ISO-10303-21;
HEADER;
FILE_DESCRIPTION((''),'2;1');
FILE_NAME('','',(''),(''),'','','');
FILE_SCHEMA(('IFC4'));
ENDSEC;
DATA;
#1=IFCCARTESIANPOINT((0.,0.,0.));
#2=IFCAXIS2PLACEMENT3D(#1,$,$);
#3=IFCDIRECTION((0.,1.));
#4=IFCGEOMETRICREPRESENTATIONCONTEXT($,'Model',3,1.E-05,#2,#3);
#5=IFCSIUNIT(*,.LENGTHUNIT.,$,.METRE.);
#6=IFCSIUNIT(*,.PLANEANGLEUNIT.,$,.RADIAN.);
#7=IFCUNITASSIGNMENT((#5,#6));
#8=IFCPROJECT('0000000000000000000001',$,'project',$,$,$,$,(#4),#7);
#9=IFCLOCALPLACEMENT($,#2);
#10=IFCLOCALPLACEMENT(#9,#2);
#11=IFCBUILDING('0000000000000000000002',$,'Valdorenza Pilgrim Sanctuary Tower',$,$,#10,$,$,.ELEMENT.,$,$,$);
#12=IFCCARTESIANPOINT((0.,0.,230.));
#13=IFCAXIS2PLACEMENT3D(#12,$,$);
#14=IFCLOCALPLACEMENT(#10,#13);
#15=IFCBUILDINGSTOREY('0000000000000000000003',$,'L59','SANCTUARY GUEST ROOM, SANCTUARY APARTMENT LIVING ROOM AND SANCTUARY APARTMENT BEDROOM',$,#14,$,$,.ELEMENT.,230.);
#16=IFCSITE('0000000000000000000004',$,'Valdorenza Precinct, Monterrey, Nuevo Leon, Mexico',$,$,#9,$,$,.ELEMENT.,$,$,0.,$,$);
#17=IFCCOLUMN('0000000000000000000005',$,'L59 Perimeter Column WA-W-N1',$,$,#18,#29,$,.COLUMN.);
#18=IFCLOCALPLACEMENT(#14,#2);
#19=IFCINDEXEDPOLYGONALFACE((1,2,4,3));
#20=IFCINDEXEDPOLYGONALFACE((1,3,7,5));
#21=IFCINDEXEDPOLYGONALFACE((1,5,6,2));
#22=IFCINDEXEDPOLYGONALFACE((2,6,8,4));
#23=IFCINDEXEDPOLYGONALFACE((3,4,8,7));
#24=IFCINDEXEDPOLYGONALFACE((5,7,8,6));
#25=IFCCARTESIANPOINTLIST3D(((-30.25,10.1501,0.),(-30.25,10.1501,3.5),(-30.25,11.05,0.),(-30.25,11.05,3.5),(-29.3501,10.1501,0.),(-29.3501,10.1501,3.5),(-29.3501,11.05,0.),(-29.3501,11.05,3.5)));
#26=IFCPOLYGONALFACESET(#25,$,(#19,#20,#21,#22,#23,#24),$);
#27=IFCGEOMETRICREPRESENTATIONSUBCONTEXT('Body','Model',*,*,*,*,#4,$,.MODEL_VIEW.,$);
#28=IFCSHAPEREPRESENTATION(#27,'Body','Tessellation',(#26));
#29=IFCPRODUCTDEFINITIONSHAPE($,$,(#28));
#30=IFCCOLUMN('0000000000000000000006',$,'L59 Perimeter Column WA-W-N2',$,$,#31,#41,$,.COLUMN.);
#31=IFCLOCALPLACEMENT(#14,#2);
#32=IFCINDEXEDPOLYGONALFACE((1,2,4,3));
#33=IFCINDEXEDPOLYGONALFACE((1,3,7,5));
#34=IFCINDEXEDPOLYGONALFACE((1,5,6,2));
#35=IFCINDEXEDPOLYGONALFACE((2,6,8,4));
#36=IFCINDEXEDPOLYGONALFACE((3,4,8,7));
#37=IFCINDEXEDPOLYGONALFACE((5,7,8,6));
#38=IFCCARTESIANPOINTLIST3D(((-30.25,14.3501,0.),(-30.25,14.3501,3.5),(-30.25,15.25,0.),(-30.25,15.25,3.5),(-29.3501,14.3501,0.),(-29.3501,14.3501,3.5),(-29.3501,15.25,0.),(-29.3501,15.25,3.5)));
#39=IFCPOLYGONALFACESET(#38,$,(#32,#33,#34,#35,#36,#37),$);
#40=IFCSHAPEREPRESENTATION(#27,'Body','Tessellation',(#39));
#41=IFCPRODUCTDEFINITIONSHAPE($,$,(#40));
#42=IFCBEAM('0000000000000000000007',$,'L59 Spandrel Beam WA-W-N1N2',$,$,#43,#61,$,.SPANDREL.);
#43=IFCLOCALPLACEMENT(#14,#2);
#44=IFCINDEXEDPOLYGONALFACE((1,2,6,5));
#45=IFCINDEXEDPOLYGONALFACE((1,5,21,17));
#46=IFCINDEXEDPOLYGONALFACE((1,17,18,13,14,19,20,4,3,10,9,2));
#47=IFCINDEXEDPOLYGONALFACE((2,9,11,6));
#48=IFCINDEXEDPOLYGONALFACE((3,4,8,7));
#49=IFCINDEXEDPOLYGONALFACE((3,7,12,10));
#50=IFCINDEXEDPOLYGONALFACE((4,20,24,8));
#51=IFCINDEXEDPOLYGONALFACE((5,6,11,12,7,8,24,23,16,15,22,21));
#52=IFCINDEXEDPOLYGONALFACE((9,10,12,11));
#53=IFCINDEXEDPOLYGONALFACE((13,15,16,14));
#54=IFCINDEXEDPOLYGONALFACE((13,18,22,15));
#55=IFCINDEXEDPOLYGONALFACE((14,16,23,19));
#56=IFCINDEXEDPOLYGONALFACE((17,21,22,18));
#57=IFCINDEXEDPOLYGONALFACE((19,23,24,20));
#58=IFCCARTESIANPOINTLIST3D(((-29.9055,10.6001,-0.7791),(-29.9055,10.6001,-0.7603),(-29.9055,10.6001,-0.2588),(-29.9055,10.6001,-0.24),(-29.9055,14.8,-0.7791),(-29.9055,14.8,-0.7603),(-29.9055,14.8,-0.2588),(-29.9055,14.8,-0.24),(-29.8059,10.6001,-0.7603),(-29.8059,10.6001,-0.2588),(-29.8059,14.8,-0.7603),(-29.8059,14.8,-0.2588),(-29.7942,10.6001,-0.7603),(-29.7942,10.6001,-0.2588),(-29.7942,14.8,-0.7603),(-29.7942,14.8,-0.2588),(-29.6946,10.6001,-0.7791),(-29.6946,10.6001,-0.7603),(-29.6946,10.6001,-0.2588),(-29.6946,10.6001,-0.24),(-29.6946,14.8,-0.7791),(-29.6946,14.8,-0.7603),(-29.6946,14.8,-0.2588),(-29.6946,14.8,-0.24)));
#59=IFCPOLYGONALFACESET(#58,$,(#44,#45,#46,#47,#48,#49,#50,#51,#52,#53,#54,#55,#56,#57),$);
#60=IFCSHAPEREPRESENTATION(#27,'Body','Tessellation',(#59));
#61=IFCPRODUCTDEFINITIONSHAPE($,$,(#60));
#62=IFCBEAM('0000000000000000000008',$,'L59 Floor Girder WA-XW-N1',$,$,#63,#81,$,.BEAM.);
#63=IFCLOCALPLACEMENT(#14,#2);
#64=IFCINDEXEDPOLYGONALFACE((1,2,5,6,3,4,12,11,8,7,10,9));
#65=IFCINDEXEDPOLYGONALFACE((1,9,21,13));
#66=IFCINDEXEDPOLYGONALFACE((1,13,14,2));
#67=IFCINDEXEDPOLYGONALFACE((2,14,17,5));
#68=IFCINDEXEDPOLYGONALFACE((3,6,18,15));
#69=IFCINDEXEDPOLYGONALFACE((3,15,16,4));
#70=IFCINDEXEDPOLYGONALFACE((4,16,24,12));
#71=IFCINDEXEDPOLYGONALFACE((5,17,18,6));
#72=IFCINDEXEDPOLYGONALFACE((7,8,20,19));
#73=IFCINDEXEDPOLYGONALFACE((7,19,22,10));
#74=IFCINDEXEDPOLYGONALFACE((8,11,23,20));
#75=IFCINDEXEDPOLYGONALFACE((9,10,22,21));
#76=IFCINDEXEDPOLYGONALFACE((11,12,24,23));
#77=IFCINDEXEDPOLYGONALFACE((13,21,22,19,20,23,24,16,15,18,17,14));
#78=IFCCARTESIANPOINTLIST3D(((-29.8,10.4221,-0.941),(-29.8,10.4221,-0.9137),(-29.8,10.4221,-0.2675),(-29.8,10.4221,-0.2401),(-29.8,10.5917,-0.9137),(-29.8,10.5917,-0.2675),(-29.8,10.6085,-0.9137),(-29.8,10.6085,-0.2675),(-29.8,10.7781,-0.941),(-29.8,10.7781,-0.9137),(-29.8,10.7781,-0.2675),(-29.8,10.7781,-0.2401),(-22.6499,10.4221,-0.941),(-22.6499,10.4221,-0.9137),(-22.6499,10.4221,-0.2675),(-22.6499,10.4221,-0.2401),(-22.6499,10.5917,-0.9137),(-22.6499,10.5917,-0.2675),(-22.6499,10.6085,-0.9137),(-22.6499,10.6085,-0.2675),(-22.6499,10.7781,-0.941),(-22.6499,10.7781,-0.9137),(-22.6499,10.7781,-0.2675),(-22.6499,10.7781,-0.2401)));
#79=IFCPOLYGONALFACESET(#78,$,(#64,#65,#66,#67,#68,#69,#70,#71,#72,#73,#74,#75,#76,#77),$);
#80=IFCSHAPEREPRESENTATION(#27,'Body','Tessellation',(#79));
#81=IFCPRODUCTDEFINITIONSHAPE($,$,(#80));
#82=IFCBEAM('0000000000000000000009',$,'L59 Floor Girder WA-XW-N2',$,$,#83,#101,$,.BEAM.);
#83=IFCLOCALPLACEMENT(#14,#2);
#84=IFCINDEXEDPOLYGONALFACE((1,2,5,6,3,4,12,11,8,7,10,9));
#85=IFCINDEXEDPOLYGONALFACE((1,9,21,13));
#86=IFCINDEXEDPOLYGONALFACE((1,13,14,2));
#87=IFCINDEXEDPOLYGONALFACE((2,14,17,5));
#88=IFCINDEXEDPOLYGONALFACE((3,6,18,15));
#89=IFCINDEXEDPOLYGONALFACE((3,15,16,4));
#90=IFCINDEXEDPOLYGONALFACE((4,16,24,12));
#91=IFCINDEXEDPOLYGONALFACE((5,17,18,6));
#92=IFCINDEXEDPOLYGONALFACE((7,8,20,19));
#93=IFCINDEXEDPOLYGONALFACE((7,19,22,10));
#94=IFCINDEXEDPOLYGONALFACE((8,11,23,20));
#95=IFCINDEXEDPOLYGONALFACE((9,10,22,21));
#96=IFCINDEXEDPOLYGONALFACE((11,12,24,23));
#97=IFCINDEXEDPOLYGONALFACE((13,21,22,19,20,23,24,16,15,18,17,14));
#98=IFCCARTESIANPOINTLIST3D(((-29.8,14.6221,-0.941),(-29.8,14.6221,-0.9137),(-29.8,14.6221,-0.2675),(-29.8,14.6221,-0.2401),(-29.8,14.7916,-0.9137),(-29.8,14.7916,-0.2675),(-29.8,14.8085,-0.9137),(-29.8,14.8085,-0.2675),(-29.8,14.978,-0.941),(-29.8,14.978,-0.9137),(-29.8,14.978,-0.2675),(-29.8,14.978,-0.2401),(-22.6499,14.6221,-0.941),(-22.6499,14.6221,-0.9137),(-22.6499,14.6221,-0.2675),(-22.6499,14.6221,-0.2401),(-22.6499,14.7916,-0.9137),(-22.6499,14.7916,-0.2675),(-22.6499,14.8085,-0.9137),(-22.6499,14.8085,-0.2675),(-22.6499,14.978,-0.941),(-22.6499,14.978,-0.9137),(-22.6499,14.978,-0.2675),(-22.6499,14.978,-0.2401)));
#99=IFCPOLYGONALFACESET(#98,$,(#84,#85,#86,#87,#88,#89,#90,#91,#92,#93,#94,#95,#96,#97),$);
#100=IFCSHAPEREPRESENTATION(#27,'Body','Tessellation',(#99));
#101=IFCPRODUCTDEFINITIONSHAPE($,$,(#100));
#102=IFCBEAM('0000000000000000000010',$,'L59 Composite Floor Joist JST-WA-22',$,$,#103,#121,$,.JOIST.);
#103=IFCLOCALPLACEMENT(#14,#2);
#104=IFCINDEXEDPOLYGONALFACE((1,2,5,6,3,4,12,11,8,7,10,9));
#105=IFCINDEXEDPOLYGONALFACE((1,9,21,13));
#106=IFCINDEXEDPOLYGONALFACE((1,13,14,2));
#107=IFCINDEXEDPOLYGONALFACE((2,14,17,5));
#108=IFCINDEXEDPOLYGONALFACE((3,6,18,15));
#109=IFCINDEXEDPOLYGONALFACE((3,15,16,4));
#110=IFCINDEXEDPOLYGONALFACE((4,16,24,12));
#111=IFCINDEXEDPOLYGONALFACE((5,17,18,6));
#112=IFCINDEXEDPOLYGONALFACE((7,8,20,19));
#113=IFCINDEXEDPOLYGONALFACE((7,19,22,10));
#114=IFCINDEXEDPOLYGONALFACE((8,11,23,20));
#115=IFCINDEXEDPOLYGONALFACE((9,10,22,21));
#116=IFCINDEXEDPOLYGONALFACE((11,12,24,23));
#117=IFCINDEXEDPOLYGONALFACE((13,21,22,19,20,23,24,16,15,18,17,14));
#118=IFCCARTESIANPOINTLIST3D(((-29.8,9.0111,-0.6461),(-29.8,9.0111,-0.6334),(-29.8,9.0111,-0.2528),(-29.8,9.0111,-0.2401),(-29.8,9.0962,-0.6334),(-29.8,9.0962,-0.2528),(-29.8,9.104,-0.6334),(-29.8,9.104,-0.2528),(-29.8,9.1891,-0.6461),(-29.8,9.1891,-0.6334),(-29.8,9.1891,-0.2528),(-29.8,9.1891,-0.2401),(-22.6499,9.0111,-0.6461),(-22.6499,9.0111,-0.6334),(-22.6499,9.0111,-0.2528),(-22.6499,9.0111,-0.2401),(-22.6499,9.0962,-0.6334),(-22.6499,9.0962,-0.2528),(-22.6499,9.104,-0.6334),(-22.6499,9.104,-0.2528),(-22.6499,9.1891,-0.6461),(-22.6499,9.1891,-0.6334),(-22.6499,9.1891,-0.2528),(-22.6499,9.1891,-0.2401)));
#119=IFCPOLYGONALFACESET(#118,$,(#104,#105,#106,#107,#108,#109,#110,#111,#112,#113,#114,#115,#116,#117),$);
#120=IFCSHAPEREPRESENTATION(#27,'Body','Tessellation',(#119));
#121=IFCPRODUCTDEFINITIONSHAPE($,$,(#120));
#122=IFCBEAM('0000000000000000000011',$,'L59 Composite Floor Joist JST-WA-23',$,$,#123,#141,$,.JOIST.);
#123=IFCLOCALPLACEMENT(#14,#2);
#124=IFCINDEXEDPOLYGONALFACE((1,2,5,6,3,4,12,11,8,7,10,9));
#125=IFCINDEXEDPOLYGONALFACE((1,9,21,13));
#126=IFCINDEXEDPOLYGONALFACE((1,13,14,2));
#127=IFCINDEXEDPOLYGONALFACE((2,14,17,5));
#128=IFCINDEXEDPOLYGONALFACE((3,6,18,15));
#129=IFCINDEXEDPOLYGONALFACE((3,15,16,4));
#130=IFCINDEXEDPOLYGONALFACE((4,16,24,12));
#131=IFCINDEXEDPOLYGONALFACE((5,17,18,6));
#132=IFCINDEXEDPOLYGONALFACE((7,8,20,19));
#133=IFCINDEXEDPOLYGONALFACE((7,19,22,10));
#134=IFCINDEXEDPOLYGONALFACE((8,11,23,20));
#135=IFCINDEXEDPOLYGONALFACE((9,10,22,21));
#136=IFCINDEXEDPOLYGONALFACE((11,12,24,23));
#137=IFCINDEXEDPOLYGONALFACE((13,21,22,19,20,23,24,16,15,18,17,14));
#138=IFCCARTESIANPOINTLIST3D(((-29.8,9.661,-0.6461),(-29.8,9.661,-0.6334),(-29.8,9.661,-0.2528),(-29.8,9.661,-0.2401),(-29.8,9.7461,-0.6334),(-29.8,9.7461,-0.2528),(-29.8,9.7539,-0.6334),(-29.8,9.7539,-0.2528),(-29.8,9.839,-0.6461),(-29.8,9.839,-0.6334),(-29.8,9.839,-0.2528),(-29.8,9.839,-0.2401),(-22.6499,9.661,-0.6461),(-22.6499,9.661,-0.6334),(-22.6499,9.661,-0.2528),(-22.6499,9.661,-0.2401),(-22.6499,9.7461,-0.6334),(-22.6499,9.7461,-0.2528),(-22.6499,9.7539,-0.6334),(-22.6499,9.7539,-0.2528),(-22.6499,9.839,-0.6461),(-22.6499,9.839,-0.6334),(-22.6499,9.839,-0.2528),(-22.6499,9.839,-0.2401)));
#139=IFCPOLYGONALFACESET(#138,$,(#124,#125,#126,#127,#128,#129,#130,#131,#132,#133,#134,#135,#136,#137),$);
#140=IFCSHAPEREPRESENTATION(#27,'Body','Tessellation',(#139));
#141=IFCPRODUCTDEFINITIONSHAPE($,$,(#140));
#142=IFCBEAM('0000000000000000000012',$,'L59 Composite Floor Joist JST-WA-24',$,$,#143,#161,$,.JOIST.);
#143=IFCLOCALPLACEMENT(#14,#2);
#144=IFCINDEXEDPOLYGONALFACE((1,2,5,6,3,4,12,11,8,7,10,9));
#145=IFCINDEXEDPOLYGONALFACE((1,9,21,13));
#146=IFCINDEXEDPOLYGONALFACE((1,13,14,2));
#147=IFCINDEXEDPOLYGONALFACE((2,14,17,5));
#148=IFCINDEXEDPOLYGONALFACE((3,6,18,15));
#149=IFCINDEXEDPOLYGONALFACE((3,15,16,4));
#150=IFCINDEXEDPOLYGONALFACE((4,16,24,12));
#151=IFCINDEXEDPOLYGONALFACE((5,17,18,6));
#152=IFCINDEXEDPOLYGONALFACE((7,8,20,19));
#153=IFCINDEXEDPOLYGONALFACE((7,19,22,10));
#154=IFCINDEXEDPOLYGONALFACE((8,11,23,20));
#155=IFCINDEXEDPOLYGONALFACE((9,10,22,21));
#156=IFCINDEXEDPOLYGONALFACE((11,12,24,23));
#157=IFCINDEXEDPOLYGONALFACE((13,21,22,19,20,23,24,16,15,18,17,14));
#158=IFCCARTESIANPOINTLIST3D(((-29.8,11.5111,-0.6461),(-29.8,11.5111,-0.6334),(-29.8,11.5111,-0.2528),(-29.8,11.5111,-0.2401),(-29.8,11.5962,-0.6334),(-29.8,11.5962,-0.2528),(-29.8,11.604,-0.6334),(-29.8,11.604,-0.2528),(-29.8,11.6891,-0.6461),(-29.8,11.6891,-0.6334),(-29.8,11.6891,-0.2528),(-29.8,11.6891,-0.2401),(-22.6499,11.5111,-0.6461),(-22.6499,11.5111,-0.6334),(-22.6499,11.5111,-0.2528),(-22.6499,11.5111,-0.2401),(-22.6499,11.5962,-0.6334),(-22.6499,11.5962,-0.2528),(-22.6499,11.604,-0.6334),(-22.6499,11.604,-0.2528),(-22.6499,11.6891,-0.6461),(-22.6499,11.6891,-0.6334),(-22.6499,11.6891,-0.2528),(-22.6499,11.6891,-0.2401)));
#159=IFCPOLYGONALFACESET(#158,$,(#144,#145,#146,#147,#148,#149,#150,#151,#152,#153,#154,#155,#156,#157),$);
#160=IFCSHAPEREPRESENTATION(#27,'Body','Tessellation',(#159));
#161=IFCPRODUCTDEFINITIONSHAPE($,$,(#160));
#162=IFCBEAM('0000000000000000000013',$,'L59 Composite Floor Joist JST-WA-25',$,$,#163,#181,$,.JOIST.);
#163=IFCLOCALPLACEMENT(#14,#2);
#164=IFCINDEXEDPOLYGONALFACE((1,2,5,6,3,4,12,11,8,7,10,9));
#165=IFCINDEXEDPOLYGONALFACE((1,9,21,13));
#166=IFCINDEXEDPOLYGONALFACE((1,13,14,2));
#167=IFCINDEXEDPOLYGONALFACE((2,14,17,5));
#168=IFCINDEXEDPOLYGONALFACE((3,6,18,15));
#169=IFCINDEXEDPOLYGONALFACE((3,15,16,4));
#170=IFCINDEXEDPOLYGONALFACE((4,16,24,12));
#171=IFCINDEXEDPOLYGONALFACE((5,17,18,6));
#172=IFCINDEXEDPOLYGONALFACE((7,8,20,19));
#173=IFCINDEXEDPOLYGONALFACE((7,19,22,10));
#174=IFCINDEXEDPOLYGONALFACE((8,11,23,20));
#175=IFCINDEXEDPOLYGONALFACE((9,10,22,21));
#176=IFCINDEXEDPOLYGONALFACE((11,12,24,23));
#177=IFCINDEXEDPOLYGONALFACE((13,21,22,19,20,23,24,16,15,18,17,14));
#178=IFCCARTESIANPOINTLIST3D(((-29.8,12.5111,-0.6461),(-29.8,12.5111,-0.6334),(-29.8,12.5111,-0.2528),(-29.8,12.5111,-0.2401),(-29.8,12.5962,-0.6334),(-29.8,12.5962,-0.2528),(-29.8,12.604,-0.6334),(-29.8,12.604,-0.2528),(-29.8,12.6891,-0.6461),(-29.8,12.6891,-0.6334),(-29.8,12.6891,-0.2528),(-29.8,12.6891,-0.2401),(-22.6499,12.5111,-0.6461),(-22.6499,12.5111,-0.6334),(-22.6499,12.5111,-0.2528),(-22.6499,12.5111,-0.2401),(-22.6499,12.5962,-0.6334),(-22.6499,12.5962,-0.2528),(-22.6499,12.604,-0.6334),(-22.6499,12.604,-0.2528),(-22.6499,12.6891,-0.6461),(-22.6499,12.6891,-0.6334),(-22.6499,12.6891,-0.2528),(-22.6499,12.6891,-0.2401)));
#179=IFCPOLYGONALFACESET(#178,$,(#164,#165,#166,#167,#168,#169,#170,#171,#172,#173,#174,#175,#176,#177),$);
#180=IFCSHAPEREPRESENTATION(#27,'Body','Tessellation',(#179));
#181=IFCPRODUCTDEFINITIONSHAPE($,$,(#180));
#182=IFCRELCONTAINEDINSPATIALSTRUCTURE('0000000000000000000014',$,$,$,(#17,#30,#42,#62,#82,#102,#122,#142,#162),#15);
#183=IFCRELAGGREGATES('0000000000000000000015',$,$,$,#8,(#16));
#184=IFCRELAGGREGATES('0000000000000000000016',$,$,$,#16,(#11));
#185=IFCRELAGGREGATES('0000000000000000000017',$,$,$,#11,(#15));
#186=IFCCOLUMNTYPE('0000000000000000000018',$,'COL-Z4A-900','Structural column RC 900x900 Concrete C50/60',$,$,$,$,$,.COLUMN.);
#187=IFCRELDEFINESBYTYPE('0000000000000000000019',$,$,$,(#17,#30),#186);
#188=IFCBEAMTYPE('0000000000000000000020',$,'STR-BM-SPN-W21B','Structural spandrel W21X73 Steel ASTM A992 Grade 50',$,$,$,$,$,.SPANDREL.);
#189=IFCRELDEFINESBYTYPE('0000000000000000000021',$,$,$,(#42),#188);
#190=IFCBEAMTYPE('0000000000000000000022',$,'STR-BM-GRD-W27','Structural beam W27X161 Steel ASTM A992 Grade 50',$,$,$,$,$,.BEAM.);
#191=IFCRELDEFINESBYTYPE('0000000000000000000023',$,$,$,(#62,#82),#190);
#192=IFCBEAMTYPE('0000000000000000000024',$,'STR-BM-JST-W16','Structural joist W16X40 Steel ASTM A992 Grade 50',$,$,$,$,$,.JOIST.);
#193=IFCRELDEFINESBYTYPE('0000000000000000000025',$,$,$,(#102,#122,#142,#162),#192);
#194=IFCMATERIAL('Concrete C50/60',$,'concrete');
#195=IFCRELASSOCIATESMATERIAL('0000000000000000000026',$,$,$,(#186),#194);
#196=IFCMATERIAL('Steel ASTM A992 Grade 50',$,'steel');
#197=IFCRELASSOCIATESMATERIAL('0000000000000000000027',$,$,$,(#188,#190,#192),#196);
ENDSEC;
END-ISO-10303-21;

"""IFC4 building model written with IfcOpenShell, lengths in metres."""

from ifc_helpers import new_model, si_unit, direction, frame, origin, origin_2d, place, context, subcontext, project, spatial, rectangle, i_section, extrude, source, transform, mapped, material, material_profile, profile_set, type_object, element, save


model = new_model("IFC4")

# Units and contexts
model_context = context("Model", 3, precision=1e-05, world=origin(), true_north=direction((0.0, 1.0)))
body_context = subcontext(model_context, "Body", "Model", "MODEL_VIEW")
ifc_project = project(units=[si_unit("LENGTHUNIT", "METRE"), si_unit("PLANEANGLEUNIT", "RADIAN")], contexts=[model_context])

# Site, building, storey
site_placement = place(None, origin())
site = spatial("IfcSite", under=ifc_project, at=site_placement, Name="Valdorenza Precinct, Monterrey, Nuevo Leon, Mexico", CompositionType="ELEMENT", RefElevation=0.0)
building_placement = place(site_placement, origin())
building = spatial("IfcBuilding", under=site, at=building_placement, Name="Valdorenza Pilgrim Sanctuary Tower", CompositionType="ELEMENT")
storey_placement = place(building_placement, frame((0.0, 0.0, 230.0)))
storey = spatial("IfcBuildingStorey", under=building, at=storey_placement, Name="L59", Description="SANCTUARY GUEST ROOM, SANCTUARY APARTMENT LIVING ROOM AND SANCTUARY APARTMENT BEDROOM", CompositionType="ELEMENT", Elevation=230.0)

# Columns
ifc_material_1 = material(Name="Concrete C50/60", Category="concrete")
ifc_material_profile_1 = material_profile(ifc_material_1, rectangle(XDim=0.8999, YDim=0.8999, at=origin_2d()), Name="RC 900x900")
ifc_profile_set_1 = profile_set([ifc_material_profile_1], Name="Concrete C50/60")
column_type = type_object("IfcColumnType", Name="COL-Z4A-900", Description="Structural column RC 900x900 Concrete C50/60", PredefinedType="COLUMN", material=ifc_profile_set_1)
shared_shape_1 = source(origin(), body_context, "Body", "SweptSolid", [
    extrude(rectangle(XDim=0.8999, YDim=0.8999, at=origin_2d()), origin(), (0.0, 0.0, 1.0), 3.5),
])
for number, where, z_axis, x_axis, name in (
    (1, (-29.8, 10.6001, 0.0), (0.0, 0.0, 1.0), (1.0, 0.0, 0.0), "L59 Perimeter Column WA-W-N1"),
    (2, (-29.8, 14.8, 0.0), (0.0, 0.0, 1.0), (1.0, 0.0, 0.0), "L59 Perimeter Column WA-W-N2"),
):
    element("IfcColumn", number, at=place(storey_placement, frame(where, z_axis=z_axis, x_axis=x_axis)), inside=storey, type_object=column_type, Name=name, PredefinedType="COLUMN", context=body_context, shape_type="MappedRepresentation", body=[
        mapped(shared_shape_1, transform((0.0, 0.0, 0.0), x_axis=(1.0, 0.0, 0.0), y_axis=(0.0, 1.0, 0.0), z_axis=(0.0, 0.0, 1.0), scale=1.0)),
    ])

# Beams
ifc_material_2 = material(Name="Steel ASTM A992 Grade 50", Category="steel")
ifc_material_profile_2 = material_profile(ifc_material_2, i_section(OverallWidth=0.2109, OverallDepth=0.5391, WebThickness=0.0117, FlangeThickness=0.0188, at=origin_2d()), Name="W21X73")
ifc_profile_set_2 = profile_set([ifc_material_profile_2], Name="Steel ASTM A992 Grade 50")
beam_type_1 = type_object("IfcBeamType", Name="STR-BM-SPN-W21B", Description="Structural spandrel W21X73 Steel ASTM A992 Grade 50", PredefinedType="SPANDREL", material=ifc_profile_set_2)
shared_shape_2 = source(origin(), body_context, "Body", "SweptSolid", [
    extrude(i_section(OverallWidth=0.2109, OverallDepth=0.5391, WebThickness=0.0117, FlangeThickness=0.0188, at=origin_2d()), origin(), (0.0, 0.0, 1.0), 4.2),
])
beam_placement = place(storey_placement, frame((-29.8, 10.6001, -0.5095), z_axis=(0.0, 1.0, 0.0), x_axis=(-1.0, 0.0, 0.0)))
element("IfcBeam", 3, at=beam_placement, inside=storey, type_object=beam_type_1, Name="L59 Spandrel Beam WA-W-N1N2", PredefinedType="SPANDREL", context=body_context, shape_type="MappedRepresentation", body=[
    mapped(shared_shape_2, transform((0.0, 0.0, 0.0), x_axis=(1.0, 0.0, 0.0), y_axis=(0.0, 1.0, 0.0), z_axis=(0.0, 0.0, 1.0), scale=1.0)),
])
ifc_material_profile_3 = material_profile(ifc_material_2, i_section(OverallWidth=0.356, OverallDepth=0.7009, WebThickness=0.0168, FlangeThickness=0.0273, at=origin_2d()), Name="W27X161")
ifc_profile_set_3 = profile_set([ifc_material_profile_3], Name="Steel ASTM A992 Grade 50")
beam_type_2 = type_object("IfcBeamType", Name="STR-BM-GRD-W27", Description="Structural beam W27X161 Steel ASTM A992 Grade 50", PredefinedType="BEAM", material=ifc_profile_set_3)
shared_shape_3 = source(origin(), body_context, "Body", "SweptSolid", [
    extrude(i_section(OverallWidth=0.356, OverallDepth=0.7009, WebThickness=0.0168, FlangeThickness=0.0273, at=origin_2d()), origin(), (0.0, 0.0, 1.0), 7.1501),
])
for number, where, z_axis, x_axis, name in (
    (4, (-29.8, 10.6001, -0.5906), (1.0, 0.0, 0.0), (0.0, 1.0, 0.0), "L59 Floor Girder WA-XW-N1"),
    (5, (-29.8, 14.8, -0.5906), (1.0, 0.0, 0.0), (0.0, 1.0, 0.0), "L59 Floor Girder WA-XW-N2"),
):
    element("IfcBeam", number, at=place(storey_placement, frame(where, z_axis=z_axis, x_axis=x_axis)), inside=storey, type_object=beam_type_2, Name=name, PredefinedType="BEAM", context=body_context, shape_type="MappedRepresentation", body=[
        mapped(shared_shape_3, transform((0.0, 0.0, 0.0), x_axis=(1.0, 0.0, 0.0), y_axis=(0.0, 1.0, 0.0), z_axis=(0.0, 0.0, 1.0), scale=1.0)),
    ])
ifc_material_profile_4 = material_profile(ifc_material_2, i_section(OverallWidth=0.178, OverallDepth=0.406, WebThickness=0.0078, FlangeThickness=0.0127, at=origin_2d()), Name="W16X40")
ifc_profile_set_4 = profile_set([ifc_material_profile_4], Name="Steel ASTM A992 Grade 50")
beam_type_3 = type_object("IfcBeamType", Name="STR-BM-JST-W16", Description="Structural joist W16X40 Steel ASTM A992 Grade 50", PredefinedType="JOIST", material=ifc_profile_set_4)
shared_shape_4 = source(origin(), body_context, "Body", "SweptSolid", [
    extrude(i_section(OverallWidth=0.178, OverallDepth=0.406, WebThickness=0.0078, FlangeThickness=0.0127, at=origin_2d()), origin(), (0.0, 0.0, 1.0), 7.1501),
])
for number, where, z_axis, x_axis, name in (
    (6, (-29.8, 9.1001, -0.4431), (1.0, 0.0, 0.0), (0.0, 1.0, 0.0), "L59 Composite Floor Joist JST-WA-22"),
    (7, (-29.8, 9.75, -0.4431), (1.0, 0.0, 0.0), (0.0, 1.0, 0.0), "L59 Composite Floor Joist JST-WA-23"),
    (8, (-29.8, 11.6001, -0.4431), (1.0, 0.0, 0.0), (0.0, 1.0, 0.0), "L59 Composite Floor Joist JST-WA-24"),
    (9, (-29.8, 12.6001, -0.4431), (1.0, 0.0, 0.0), (0.0, 1.0, 0.0), "L59 Composite Floor Joist JST-WA-25"),
):
    element("IfcBeam", number, at=place(storey_placement, frame(where, z_axis=z_axis, x_axis=x_axis)), inside=storey, type_object=beam_type_3, Name=name, PredefinedType="JOIST", context=body_context, shape_type="MappedRepresentation", body=[
        mapped(shared_shape_4, transform((0.0, 0.0, 0.0), x_axis=(1.0, 0.0, 0.0), y_axis=(0.0, 1.0, 0.0), z_axis=(0.0, 0.0, 1.0), scale=1.0)),
    ])

save(model, "model.ifc")
